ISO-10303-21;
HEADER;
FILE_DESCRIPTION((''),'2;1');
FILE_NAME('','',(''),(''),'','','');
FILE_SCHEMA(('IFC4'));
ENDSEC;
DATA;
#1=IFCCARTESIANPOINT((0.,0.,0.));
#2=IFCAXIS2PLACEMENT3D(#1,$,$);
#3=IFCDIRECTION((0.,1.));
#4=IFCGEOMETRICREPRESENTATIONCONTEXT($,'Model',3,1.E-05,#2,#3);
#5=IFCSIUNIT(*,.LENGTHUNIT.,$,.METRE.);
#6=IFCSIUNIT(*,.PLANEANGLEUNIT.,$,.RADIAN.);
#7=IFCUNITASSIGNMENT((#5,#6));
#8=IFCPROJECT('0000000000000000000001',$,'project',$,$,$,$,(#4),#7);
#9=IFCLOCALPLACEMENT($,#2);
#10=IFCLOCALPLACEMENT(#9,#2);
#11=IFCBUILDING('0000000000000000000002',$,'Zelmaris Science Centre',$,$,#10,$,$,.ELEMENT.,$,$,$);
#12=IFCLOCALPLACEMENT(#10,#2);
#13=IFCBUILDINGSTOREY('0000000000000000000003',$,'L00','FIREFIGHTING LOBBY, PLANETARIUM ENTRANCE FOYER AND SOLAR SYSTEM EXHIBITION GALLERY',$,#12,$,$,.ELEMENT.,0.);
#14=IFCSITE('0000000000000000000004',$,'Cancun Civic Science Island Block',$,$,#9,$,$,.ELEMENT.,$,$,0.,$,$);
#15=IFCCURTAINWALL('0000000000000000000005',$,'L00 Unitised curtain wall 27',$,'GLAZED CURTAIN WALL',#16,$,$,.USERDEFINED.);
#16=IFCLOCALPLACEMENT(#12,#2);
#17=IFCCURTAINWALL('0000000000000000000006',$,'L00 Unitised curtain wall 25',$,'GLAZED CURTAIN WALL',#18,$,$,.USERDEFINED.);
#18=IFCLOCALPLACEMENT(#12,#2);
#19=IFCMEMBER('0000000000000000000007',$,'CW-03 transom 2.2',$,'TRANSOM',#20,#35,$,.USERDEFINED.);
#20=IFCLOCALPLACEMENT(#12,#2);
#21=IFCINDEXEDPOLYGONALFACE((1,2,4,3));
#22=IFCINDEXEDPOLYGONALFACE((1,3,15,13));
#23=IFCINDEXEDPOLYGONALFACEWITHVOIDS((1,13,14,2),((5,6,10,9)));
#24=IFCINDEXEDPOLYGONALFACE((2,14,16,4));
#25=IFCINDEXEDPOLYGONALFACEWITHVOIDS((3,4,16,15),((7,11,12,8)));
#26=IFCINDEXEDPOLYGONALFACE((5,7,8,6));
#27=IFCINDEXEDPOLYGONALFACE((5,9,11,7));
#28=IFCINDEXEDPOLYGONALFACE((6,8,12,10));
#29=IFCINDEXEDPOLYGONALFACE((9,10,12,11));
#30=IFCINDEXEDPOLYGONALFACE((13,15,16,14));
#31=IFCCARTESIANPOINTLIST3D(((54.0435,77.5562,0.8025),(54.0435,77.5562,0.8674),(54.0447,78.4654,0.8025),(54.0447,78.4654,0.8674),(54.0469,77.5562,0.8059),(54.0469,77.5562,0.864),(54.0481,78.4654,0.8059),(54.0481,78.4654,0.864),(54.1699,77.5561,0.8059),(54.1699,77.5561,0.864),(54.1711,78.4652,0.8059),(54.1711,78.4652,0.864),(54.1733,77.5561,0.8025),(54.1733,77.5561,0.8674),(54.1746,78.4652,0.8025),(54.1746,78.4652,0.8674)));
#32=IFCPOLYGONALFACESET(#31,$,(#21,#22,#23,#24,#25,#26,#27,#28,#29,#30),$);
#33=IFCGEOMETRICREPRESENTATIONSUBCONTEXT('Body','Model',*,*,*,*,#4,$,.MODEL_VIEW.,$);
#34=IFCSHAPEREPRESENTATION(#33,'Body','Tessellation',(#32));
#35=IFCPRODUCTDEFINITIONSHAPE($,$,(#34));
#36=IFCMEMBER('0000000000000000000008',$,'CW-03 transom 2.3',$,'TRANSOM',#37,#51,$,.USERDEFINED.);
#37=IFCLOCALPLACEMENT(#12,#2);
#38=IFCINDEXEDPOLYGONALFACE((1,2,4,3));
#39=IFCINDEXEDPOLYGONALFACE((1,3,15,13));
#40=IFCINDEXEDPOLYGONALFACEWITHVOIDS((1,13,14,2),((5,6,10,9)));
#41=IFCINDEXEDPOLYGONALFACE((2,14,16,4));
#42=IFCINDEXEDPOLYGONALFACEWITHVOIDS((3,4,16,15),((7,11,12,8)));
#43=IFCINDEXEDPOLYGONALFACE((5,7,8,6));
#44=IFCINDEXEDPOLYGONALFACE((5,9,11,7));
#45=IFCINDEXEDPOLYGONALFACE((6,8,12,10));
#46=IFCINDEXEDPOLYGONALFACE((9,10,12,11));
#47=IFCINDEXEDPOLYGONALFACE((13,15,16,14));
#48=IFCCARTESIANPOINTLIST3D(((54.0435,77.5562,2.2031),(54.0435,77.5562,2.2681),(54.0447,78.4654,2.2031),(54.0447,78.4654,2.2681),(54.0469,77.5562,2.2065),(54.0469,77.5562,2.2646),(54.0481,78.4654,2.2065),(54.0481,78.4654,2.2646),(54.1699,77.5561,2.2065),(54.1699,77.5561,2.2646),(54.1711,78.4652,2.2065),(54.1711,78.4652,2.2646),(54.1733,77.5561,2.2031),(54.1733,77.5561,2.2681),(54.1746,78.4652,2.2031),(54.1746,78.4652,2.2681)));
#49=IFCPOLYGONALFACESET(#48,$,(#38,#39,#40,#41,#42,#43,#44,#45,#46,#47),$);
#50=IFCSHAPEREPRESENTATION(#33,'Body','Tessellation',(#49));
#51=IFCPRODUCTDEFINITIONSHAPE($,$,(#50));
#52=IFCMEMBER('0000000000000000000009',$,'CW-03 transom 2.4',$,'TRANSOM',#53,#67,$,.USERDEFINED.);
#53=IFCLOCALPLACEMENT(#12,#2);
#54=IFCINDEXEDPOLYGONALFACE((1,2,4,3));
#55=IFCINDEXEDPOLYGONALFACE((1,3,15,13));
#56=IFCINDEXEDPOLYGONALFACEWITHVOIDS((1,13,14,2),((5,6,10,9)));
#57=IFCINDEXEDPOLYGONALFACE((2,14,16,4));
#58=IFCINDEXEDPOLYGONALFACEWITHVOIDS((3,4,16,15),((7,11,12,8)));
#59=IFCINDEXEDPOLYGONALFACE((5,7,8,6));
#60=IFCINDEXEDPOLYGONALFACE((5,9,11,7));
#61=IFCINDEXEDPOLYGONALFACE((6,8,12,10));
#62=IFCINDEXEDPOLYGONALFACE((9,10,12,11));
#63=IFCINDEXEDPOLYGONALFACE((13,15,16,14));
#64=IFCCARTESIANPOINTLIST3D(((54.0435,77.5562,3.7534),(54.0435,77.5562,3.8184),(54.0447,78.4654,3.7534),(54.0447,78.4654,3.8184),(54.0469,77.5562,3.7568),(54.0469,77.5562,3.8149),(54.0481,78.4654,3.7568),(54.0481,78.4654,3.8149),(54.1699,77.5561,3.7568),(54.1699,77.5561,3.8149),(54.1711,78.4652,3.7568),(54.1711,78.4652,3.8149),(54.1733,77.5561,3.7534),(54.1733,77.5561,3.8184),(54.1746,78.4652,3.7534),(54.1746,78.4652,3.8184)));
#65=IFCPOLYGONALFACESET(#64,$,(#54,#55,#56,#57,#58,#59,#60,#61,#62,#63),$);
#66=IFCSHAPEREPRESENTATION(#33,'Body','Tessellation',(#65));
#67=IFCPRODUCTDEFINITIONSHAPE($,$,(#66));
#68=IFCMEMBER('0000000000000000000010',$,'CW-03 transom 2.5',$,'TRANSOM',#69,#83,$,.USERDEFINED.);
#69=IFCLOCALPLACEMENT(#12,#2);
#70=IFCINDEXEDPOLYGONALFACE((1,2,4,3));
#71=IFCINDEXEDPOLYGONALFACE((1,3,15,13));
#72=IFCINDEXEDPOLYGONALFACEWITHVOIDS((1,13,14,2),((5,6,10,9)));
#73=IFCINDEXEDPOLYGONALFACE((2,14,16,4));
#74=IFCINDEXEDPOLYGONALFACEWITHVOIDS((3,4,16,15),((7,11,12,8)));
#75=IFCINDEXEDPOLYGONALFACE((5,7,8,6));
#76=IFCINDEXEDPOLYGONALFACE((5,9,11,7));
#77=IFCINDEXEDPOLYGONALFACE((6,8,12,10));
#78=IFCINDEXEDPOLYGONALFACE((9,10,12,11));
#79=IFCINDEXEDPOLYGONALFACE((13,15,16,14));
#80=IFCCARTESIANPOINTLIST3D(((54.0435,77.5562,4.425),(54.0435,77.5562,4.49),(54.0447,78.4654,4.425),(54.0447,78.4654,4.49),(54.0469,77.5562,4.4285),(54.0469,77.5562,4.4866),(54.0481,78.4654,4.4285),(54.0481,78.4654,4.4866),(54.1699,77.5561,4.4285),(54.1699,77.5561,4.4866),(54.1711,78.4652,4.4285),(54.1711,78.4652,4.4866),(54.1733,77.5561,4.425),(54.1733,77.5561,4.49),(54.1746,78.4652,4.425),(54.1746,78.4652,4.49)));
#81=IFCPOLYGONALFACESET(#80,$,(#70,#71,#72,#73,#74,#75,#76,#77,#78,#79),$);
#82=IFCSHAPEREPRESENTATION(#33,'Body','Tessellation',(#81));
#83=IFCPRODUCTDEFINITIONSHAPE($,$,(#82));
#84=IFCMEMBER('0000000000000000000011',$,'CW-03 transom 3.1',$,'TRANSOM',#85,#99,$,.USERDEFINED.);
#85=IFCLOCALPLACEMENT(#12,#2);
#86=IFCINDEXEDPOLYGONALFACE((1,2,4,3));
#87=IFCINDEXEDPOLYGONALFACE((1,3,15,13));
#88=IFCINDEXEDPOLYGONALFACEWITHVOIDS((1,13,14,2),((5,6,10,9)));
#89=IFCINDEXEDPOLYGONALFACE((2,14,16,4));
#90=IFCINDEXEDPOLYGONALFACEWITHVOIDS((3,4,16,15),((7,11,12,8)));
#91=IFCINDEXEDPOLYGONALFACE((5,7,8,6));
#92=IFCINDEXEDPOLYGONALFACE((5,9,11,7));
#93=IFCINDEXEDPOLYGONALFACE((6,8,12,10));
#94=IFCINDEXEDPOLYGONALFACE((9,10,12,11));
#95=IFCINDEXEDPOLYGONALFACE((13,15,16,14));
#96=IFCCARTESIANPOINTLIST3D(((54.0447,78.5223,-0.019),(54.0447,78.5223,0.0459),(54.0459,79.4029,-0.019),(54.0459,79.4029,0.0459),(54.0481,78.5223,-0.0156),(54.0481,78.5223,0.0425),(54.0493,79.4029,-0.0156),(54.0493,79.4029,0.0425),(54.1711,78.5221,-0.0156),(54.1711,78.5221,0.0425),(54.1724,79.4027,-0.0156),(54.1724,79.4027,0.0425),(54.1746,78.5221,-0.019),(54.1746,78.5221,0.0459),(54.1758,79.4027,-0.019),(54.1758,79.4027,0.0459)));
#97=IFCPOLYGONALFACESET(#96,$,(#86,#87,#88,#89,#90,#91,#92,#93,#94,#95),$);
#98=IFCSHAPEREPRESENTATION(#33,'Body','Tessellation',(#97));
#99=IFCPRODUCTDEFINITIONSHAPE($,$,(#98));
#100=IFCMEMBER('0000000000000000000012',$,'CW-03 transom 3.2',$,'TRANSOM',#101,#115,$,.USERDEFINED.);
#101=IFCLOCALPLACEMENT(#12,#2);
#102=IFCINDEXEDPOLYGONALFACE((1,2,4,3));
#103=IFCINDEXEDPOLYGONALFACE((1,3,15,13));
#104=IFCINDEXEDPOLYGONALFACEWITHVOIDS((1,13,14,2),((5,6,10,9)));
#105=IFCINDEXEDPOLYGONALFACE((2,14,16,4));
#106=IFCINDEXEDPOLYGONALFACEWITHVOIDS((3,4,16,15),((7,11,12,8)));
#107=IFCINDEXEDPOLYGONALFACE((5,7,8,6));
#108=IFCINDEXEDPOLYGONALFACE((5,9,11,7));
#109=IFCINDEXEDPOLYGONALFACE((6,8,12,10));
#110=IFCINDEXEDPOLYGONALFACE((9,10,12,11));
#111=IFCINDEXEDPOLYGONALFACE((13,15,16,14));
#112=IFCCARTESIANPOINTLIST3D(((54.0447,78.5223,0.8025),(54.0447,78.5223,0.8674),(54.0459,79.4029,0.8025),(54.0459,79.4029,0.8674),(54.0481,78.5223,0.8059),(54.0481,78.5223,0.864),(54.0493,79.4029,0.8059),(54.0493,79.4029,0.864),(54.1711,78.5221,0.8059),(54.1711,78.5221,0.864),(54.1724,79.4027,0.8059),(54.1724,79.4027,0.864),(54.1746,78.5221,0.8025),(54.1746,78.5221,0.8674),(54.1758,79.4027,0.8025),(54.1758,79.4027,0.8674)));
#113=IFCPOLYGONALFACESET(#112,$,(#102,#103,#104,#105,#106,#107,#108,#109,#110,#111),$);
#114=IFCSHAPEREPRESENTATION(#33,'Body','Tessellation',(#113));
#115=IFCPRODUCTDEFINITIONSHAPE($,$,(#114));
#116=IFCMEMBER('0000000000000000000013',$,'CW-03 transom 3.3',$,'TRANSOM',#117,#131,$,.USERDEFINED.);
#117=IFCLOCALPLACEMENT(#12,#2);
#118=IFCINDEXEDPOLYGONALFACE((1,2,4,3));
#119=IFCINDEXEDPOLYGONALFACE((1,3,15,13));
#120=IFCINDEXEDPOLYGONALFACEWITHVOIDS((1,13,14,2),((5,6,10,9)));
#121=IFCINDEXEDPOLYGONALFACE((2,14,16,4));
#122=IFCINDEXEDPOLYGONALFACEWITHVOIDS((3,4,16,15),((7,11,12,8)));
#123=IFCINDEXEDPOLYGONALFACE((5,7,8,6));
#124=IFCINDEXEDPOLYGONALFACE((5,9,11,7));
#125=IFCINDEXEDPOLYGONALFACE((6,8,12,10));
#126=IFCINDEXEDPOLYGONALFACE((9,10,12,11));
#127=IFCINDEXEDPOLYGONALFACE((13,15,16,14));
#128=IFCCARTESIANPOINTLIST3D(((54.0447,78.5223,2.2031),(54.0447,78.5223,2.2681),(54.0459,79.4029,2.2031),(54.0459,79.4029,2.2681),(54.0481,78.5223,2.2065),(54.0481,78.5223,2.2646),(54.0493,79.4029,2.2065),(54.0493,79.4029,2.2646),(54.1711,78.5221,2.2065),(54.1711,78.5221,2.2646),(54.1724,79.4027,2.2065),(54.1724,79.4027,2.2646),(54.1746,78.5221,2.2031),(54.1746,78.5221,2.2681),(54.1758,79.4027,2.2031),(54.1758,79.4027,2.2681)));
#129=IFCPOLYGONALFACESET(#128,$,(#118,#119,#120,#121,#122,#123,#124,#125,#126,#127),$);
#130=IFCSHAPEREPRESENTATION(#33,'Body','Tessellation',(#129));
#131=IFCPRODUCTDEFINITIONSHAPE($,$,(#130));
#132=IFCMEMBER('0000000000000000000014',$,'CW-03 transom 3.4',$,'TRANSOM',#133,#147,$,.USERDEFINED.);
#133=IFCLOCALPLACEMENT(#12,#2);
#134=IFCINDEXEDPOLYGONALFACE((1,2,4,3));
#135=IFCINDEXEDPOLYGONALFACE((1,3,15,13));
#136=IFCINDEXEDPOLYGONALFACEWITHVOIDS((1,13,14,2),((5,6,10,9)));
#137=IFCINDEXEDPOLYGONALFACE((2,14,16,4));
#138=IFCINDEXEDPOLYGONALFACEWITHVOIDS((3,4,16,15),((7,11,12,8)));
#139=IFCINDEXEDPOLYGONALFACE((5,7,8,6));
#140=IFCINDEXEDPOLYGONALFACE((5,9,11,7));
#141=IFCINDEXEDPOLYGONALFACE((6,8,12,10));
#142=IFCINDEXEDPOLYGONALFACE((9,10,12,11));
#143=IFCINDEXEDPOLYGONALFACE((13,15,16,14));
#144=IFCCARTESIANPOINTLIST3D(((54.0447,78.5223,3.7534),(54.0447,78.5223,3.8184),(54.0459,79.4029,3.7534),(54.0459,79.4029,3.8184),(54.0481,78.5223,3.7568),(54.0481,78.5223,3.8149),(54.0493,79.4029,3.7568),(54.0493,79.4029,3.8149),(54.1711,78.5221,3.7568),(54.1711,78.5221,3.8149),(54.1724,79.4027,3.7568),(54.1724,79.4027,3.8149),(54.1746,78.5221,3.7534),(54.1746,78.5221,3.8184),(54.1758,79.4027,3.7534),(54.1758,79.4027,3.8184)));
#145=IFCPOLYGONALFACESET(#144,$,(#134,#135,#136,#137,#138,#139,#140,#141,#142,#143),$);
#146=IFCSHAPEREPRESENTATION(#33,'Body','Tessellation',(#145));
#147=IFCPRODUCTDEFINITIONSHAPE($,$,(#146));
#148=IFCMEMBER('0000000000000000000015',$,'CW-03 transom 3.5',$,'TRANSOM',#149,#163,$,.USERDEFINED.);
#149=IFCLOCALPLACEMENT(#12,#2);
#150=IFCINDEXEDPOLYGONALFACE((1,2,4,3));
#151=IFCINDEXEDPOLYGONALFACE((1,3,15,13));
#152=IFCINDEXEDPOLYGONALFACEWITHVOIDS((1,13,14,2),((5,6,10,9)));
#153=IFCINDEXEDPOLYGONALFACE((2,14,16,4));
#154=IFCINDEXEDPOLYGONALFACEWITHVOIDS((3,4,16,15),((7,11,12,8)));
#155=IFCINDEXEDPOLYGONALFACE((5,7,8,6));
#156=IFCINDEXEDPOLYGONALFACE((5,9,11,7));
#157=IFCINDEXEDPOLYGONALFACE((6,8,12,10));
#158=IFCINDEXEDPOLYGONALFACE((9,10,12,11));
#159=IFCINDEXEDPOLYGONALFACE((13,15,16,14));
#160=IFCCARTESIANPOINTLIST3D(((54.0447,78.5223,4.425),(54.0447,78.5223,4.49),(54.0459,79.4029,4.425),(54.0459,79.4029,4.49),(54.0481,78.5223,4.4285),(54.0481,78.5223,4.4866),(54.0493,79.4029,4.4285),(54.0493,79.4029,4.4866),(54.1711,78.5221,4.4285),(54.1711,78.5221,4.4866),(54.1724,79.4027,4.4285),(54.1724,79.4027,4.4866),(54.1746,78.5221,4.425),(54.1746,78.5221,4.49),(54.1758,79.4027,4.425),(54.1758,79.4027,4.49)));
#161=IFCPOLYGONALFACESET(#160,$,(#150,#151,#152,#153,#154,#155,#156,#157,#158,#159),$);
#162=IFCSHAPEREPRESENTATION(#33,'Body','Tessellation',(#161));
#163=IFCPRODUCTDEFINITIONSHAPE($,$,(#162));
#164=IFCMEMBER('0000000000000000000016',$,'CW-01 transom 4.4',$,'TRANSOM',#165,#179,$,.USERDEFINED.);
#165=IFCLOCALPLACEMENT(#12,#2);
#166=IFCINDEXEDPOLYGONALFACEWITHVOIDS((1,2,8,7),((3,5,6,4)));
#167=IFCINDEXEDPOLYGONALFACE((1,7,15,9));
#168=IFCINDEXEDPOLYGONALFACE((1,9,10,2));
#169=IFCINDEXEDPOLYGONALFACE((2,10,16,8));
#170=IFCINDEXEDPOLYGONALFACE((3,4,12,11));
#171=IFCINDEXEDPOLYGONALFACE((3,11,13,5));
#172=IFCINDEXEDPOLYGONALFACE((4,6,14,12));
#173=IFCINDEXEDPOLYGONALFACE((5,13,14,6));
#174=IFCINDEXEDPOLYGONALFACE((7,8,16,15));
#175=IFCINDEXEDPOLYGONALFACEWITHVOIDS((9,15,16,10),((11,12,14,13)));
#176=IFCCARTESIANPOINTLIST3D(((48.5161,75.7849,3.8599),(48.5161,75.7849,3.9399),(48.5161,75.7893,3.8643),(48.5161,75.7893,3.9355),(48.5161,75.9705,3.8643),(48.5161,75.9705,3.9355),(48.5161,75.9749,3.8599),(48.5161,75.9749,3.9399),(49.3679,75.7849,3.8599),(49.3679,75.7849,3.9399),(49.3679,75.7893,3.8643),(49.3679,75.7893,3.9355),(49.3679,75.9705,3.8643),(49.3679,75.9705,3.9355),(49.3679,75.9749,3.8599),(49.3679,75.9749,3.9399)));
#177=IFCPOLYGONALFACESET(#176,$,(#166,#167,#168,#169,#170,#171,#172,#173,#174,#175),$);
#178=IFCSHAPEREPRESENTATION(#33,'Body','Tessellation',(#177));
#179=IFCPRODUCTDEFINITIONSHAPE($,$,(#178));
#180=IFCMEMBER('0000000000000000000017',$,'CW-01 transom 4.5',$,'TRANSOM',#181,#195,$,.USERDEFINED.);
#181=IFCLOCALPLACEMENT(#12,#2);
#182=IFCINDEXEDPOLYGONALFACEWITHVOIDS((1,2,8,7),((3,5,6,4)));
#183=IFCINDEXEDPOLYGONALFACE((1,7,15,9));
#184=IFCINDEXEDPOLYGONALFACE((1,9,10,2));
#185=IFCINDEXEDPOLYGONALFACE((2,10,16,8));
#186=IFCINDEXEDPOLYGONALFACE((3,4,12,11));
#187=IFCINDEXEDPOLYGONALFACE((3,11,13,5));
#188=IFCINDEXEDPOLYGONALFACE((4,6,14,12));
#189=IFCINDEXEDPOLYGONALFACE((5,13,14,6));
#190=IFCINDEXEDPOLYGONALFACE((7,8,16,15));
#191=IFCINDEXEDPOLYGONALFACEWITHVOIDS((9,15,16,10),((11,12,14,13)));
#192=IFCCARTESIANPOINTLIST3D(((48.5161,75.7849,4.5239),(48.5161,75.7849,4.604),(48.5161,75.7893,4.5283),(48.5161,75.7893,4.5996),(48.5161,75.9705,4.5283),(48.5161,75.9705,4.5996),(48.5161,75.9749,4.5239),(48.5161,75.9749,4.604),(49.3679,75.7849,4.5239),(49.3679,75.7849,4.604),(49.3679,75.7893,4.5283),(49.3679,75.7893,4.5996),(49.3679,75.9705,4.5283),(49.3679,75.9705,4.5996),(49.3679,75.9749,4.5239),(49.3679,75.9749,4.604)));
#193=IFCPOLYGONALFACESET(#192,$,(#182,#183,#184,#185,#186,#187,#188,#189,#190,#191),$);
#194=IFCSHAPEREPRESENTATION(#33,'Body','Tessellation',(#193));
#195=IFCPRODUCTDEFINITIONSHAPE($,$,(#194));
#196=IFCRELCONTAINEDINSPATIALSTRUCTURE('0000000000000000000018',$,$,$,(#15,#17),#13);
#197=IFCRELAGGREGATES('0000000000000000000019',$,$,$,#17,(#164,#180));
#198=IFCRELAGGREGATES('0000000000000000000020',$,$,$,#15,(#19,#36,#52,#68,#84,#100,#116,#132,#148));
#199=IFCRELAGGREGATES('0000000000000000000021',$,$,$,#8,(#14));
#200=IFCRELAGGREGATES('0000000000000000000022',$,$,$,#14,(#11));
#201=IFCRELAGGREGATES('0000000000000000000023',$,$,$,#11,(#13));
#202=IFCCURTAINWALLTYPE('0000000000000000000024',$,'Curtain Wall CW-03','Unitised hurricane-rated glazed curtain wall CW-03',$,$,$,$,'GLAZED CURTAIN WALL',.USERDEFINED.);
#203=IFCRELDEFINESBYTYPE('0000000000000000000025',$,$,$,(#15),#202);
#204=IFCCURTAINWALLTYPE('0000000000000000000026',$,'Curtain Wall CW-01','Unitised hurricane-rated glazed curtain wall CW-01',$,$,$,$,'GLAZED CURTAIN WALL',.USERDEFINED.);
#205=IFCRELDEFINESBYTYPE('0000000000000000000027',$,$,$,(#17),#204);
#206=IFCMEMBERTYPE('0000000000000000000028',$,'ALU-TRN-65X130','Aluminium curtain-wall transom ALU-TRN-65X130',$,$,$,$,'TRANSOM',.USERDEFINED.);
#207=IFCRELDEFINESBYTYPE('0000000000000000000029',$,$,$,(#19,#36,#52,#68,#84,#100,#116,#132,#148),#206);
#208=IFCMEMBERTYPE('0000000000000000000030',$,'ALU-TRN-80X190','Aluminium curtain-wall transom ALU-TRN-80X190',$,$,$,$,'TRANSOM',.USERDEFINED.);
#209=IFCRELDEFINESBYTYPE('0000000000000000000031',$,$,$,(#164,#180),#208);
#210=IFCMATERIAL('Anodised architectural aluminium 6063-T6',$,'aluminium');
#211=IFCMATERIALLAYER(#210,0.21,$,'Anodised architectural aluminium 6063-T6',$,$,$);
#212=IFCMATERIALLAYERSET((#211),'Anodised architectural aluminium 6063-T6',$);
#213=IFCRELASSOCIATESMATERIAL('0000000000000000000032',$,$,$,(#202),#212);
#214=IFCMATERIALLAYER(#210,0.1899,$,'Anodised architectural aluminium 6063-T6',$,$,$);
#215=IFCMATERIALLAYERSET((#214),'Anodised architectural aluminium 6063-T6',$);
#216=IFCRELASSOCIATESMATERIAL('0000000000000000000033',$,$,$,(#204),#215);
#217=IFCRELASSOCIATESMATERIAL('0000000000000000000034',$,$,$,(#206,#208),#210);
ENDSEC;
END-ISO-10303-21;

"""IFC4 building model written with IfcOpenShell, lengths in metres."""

from ifc_helpers import new_model, si_unit, direction, frame, origin, origin_2d, place, context, subcontext, project, spatial, hollow_rectangle, extrude, material, layer, layer_set, material_profile, profile_set, type_object, element, aggregate, save


model = new_model("IFC4")

# Units and contexts
model_context = context("Model", 3, precision=1e-05, world=origin(), true_north=direction((0.0, 1.0)))
body_context = subcontext(model_context, "Body", "Model", "MODEL_VIEW")
ifc_project = project(units=[si_unit("LENGTHUNIT", "METRE"), si_unit("PLANEANGLEUNIT", "RADIAN")], contexts=[model_context])

# Site, building, storey
site_placement = place(None, origin())
site = spatial("IfcSite", under=ifc_project, at=site_placement, Name="Cancun Civic Science Island Block", CompositionType="ELEMENT", RefElevation=0.0)
building_placement = place(site_placement, origin())
building = spatial("IfcBuilding", under=site, at=building_placement, Name="Zelmaris Science Centre", CompositionType="ELEMENT")
storey_placement = place(building_placement, origin())
storey = spatial("IfcBuildingStorey", under=building, at=storey_placement, Name="L00", Description="FIREFIGHTING LOBBY, PLANETARIUM ENTRANCE FOYER AND SOLAR SYSTEM EXHIBITION GALLERY", CompositionType="ELEMENT", Elevation=0.0)

# Curtain wall
ifc_material_1 = material(Name="Anodised architectural aluminium 6063-T6", Category="aluminium")
ifc_layer_1 = layer(ifc_material_1, 0.21, Name="Anodised architectural aluminium 6063-T6")
ifc_layer_set_1 = layer_set([ifc_layer_1], Name="Anodised architectural aluminium 6063-T6")
curtain_wall_type_1 = type_object("IfcCurtainWallType", Name="Curtain Wall CW-03", Description="Unitised hurricane-rated glazed curtain wall CW-03", ElementType="GLAZED CURTAIN WALL", PredefinedType="USERDEFINED", material=ifc_layer_set_1)
curtain_wall_1_placement = place(storey_placement, origin())
curtain_wall_1 = element("IfcCurtainWall", 1, at=curtain_wall_1_placement, inside=storey, type_object=curtain_wall_type_1, Name="L00 Unitised curtain wall 27", ObjectType="GLAZED CURTAIN WALL", PredefinedType="USERDEFINED")

# Curtain wall
ifc_layer_2 = layer(ifc_material_1, 0.1899, Name="Anodised architectural aluminium 6063-T6")
ifc_layer_set_2 = layer_set([ifc_layer_2], Name="Anodised architectural aluminium 6063-T6")
curtain_wall_type_2 = type_object("IfcCurtainWallType", Name="Curtain Wall CW-01", Description="Unitised hurricane-rated glazed curtain wall CW-01", ElementType="GLAZED CURTAIN WALL", PredefinedType="USERDEFINED", material=ifc_layer_set_2)
curtain_wall_2_placement = place(storey_placement, origin())
curtain_wall_2 = element("IfcCurtainWall", 2, at=curtain_wall_2_placement, inside=storey, type_object=curtain_wall_type_2, Name="L00 Unitised curtain wall 25", ObjectType="GLAZED CURTAIN WALL", PredefinedType="USERDEFINED")

# Members
ifc_material_profile_1 = material_profile(ifc_material_1, hollow_rectangle(XDim=0.0649, YDim=0.1299, WallThickness=0.0034, at=origin_2d()), Name="ALU-TRN-65X130")
ifc_profile_set_1 = profile_set([ifc_material_profile_1], Name="Anodised architectural aluminium 6063-T6")
member_type_1 = type_object("IfcMemberType", Name="ALU-TRN-65X130", Description="Aluminium curtain-wall transom ALU-TRN-65X130", ElementType="TRANSOM", PredefinedType="USERDEFINED", material=ifc_profile_set_1)
member_1_placement = place(storey_placement, frame((54.1084, 77.5562, 0.835), z_axis=(0.001343, 0.999999, 0.0), x_axis=(0.0, 0.0, 1.0)))
member_1 = element("IfcMember", 3, at=member_1_placement, type_object=member_type_1, Name="CW-03 transom 2.2", ObjectType="TRANSOM", PredefinedType="USERDEFINED", context=body_context, shape_type="SweptSolid", body=[
    extrude(hollow_rectangle(XDim=0.0649, YDim=0.1299, WallThickness=0.0034, at=origin_2d()), origin(), (0.0, 0.0, 1.0), 0.9092),
])
member_2_placement = place(storey_placement, frame((54.1084, 77.5562, 2.2356), z_axis=(0.001343, 0.999999, 0.0), x_axis=(0.0, 0.0, 1.0)))
member_2 = element("IfcMember", 4, at=member_2_placement, type_object=member_type_1, Name="CW-03 transom 2.3", ObjectType="TRANSOM", PredefinedType="USERDEFINED", context=body_context, shape_type="SweptSolid", body=[
    extrude(hollow_rectangle(XDim=0.0649, YDim=0.1299, WallThickness=0.0034, at=origin_2d()), origin(), (0.0, 0.0, 1.0), 0.9092),
])
member_3_placement = place(storey_placement, frame((54.1084, 77.5562, 3.7859), z_axis=(0.001343, 0.999999, 0.0), x_axis=(0.0, 0.0, 1.0)))
member_3 = element("IfcMember", 5, at=member_3_placement, type_object=member_type_1, Name="CW-03 transom 2.4", ObjectType="TRANSOM", PredefinedType="USERDEFINED", context=body_context, shape_type="SweptSolid", body=[
    extrude(hollow_rectangle(XDim=0.0649, YDim=0.1299, WallThickness=0.0034, at=origin_2d()), origin(), (0.0, 0.0, 1.0), 0.9092),
])
member_4_placement = place(storey_placement, frame((54.1084, 77.5562, 4.4575), z_axis=(0.001343, 0.999999, 0.0), x_axis=(0.0, 0.0, 1.0)))
member_4 = element("IfcMember", 6, at=member_4_placement, type_object=member_type_1, Name="CW-03 transom 2.5", ObjectType="TRANSOM", PredefinedType="USERDEFINED", context=body_context, shape_type="SweptSolid", body=[
    extrude(hollow_rectangle(XDim=0.0649, YDim=0.1299, WallThickness=0.0034, at=origin_2d()), origin(), (0.0, 0.0, 1.0), 0.9092),
])
member_5_placement = place(storey_placement, frame((54.1096, 78.5222, 0.0134), z_axis=(0.001386, 0.999999, 0.0), x_axis=(0.0, 0.0, 1.0)))
member_5 = element("IfcMember", 7, at=member_5_placement, type_object=member_type_1, Name="CW-03 transom 3.1", ObjectType="TRANSOM", PredefinedType="USERDEFINED", context=body_context, shape_type="SweptSolid", body=[
    extrude(hollow_rectangle(XDim=0.0649, YDim=0.1299, WallThickness=0.0034, at=origin_2d()), origin(), (0.0, 0.0, 1.0), 0.8806),
])
member_6_placement = place(storey_placement, frame((54.1096, 78.5222, 0.835), z_axis=(0.001386, 0.999999, 0.0), x_axis=(0.0, 0.0, 1.0)))
member_6 = element("IfcMember", 8, at=member_6_placement, type_object=member_type_1, Name="CW-03 transom 3.2", ObjectType="TRANSOM", PredefinedType="USERDEFINED", context=body_context, shape_type="SweptSolid", body=[
    extrude(hollow_rectangle(XDim=0.0649, YDim=0.1299, WallThickness=0.0034, at=origin_2d()), origin(), (0.0, 0.0, 1.0), 0.8806),
])
member_7_placement = place(storey_placement, frame((54.1096, 78.5222, 2.2356), z_axis=(0.001386, 0.999999, 0.0), x_axis=(0.0, 0.0, 1.0)))
member_7 = element("IfcMember", 9, at=member_7_placement, type_object=member_type_1, Name="CW-03 transom 3.3", ObjectType="TRANSOM", PredefinedType="USERDEFINED", context=body_context, shape_type="SweptSolid", body=[
    extrude(hollow_rectangle(XDim=0.0649, YDim=0.1299, WallThickness=0.0034, at=origin_2d()), origin(), (0.0, 0.0, 1.0), 0.8806),
])
member_8_placement = place(storey_placement, frame((54.1096, 78.5222, 3.7859), z_axis=(0.001386, 0.999999, 0.0), x_axis=(0.0, 0.0, 1.0)))
member_8 = element("IfcMember", 10, at=member_8_placement, type_object=member_type_1, Name="CW-03 transom 3.4", ObjectType="TRANSOM", PredefinedType="USERDEFINED", context=body_context, shape_type="SweptSolid", body=[
    extrude(hollow_rectangle(XDim=0.0649, YDim=0.1299, WallThickness=0.0034, at=origin_2d()), origin(), (0.0, 0.0, 1.0), 0.8806),
])
member_9_placement = place(storey_placement, frame((54.1096, 78.5222, 4.4575), z_axis=(0.001386, 0.999999, 0.0), x_axis=(0.0, 0.0, 1.0)))
member_9 = element("IfcMember", 11, at=member_9_placement, type_object=member_type_1, Name="CW-03 transom 3.5", ObjectType="TRANSOM", PredefinedType="USERDEFINED", context=body_context, shape_type="SweptSolid", body=[
    extrude(hollow_rectangle(XDim=0.0649, YDim=0.1299, WallThickness=0.0034, at=origin_2d()), origin(), (0.0, 0.0, 1.0), 0.8806),
])
ifc_material_profile_2 = material_profile(ifc_material_1, hollow_rectangle(XDim=0.0801, YDim=0.1899, WallThickness=0.0044, at=origin_2d()), Name="ALU-TRN-80X190")
ifc_profile_set_2 = profile_set([ifc_material_profile_2], Name="Anodised architectural aluminium 6063-T6")
member_type_2 = type_object("IfcMemberType", Name="ALU-TRN-80X190", Description="Aluminium curtain-wall transom ALU-TRN-80X190", ElementType="TRANSOM", PredefinedType="USERDEFINED", material=ifc_profile_set_2)
member_10_placement = place(storey_placement, frame((48.5161, 75.8799, 3.8999), z_axis=(1.0, 0.0, 0.0), x_axis=(0.0, 0.0, 1.0)))
member_10 = element("IfcMember", 12, at=member_10_placement, type_object=member_type_2, Name="CW-01 transom 4.4", ObjectType="TRANSOM", PredefinedType="USERDEFINED", context=body_context, shape_type="SweptSolid", body=[
    extrude(hollow_rectangle(XDim=0.0801, YDim=0.1899, WallThickness=0.0044, at=origin_2d()), origin(), (0.0, 0.0, 1.0), 0.8518),
])
member_11_placement = place(storey_placement, frame((48.5161, 75.8799, 4.564), z_axis=(1.0, 0.0, 0.0), x_axis=(0.0, 0.0, 1.0)))
member_11 = element("IfcMember", 13, at=member_11_placement, type_object=member_type_2, Name="CW-01 transom 4.5", ObjectType="TRANSOM", PredefinedType="USERDEFINED", context=body_context, shape_type="SweptSolid", body=[
    extrude(hollow_rectangle(XDim=0.0801, YDim=0.1899, WallThickness=0.0044, at=origin_2d()), origin(), (0.0, 0.0, 1.0), 0.8518),
])

aggregate(curtain_wall_2, [member_10, member_11])
aggregate(curtain_wall_1, [member_1, member_2, member_3, member_4, member_5, member_6, member_7, member_8, member_9])

save(model, "model.ifc")
